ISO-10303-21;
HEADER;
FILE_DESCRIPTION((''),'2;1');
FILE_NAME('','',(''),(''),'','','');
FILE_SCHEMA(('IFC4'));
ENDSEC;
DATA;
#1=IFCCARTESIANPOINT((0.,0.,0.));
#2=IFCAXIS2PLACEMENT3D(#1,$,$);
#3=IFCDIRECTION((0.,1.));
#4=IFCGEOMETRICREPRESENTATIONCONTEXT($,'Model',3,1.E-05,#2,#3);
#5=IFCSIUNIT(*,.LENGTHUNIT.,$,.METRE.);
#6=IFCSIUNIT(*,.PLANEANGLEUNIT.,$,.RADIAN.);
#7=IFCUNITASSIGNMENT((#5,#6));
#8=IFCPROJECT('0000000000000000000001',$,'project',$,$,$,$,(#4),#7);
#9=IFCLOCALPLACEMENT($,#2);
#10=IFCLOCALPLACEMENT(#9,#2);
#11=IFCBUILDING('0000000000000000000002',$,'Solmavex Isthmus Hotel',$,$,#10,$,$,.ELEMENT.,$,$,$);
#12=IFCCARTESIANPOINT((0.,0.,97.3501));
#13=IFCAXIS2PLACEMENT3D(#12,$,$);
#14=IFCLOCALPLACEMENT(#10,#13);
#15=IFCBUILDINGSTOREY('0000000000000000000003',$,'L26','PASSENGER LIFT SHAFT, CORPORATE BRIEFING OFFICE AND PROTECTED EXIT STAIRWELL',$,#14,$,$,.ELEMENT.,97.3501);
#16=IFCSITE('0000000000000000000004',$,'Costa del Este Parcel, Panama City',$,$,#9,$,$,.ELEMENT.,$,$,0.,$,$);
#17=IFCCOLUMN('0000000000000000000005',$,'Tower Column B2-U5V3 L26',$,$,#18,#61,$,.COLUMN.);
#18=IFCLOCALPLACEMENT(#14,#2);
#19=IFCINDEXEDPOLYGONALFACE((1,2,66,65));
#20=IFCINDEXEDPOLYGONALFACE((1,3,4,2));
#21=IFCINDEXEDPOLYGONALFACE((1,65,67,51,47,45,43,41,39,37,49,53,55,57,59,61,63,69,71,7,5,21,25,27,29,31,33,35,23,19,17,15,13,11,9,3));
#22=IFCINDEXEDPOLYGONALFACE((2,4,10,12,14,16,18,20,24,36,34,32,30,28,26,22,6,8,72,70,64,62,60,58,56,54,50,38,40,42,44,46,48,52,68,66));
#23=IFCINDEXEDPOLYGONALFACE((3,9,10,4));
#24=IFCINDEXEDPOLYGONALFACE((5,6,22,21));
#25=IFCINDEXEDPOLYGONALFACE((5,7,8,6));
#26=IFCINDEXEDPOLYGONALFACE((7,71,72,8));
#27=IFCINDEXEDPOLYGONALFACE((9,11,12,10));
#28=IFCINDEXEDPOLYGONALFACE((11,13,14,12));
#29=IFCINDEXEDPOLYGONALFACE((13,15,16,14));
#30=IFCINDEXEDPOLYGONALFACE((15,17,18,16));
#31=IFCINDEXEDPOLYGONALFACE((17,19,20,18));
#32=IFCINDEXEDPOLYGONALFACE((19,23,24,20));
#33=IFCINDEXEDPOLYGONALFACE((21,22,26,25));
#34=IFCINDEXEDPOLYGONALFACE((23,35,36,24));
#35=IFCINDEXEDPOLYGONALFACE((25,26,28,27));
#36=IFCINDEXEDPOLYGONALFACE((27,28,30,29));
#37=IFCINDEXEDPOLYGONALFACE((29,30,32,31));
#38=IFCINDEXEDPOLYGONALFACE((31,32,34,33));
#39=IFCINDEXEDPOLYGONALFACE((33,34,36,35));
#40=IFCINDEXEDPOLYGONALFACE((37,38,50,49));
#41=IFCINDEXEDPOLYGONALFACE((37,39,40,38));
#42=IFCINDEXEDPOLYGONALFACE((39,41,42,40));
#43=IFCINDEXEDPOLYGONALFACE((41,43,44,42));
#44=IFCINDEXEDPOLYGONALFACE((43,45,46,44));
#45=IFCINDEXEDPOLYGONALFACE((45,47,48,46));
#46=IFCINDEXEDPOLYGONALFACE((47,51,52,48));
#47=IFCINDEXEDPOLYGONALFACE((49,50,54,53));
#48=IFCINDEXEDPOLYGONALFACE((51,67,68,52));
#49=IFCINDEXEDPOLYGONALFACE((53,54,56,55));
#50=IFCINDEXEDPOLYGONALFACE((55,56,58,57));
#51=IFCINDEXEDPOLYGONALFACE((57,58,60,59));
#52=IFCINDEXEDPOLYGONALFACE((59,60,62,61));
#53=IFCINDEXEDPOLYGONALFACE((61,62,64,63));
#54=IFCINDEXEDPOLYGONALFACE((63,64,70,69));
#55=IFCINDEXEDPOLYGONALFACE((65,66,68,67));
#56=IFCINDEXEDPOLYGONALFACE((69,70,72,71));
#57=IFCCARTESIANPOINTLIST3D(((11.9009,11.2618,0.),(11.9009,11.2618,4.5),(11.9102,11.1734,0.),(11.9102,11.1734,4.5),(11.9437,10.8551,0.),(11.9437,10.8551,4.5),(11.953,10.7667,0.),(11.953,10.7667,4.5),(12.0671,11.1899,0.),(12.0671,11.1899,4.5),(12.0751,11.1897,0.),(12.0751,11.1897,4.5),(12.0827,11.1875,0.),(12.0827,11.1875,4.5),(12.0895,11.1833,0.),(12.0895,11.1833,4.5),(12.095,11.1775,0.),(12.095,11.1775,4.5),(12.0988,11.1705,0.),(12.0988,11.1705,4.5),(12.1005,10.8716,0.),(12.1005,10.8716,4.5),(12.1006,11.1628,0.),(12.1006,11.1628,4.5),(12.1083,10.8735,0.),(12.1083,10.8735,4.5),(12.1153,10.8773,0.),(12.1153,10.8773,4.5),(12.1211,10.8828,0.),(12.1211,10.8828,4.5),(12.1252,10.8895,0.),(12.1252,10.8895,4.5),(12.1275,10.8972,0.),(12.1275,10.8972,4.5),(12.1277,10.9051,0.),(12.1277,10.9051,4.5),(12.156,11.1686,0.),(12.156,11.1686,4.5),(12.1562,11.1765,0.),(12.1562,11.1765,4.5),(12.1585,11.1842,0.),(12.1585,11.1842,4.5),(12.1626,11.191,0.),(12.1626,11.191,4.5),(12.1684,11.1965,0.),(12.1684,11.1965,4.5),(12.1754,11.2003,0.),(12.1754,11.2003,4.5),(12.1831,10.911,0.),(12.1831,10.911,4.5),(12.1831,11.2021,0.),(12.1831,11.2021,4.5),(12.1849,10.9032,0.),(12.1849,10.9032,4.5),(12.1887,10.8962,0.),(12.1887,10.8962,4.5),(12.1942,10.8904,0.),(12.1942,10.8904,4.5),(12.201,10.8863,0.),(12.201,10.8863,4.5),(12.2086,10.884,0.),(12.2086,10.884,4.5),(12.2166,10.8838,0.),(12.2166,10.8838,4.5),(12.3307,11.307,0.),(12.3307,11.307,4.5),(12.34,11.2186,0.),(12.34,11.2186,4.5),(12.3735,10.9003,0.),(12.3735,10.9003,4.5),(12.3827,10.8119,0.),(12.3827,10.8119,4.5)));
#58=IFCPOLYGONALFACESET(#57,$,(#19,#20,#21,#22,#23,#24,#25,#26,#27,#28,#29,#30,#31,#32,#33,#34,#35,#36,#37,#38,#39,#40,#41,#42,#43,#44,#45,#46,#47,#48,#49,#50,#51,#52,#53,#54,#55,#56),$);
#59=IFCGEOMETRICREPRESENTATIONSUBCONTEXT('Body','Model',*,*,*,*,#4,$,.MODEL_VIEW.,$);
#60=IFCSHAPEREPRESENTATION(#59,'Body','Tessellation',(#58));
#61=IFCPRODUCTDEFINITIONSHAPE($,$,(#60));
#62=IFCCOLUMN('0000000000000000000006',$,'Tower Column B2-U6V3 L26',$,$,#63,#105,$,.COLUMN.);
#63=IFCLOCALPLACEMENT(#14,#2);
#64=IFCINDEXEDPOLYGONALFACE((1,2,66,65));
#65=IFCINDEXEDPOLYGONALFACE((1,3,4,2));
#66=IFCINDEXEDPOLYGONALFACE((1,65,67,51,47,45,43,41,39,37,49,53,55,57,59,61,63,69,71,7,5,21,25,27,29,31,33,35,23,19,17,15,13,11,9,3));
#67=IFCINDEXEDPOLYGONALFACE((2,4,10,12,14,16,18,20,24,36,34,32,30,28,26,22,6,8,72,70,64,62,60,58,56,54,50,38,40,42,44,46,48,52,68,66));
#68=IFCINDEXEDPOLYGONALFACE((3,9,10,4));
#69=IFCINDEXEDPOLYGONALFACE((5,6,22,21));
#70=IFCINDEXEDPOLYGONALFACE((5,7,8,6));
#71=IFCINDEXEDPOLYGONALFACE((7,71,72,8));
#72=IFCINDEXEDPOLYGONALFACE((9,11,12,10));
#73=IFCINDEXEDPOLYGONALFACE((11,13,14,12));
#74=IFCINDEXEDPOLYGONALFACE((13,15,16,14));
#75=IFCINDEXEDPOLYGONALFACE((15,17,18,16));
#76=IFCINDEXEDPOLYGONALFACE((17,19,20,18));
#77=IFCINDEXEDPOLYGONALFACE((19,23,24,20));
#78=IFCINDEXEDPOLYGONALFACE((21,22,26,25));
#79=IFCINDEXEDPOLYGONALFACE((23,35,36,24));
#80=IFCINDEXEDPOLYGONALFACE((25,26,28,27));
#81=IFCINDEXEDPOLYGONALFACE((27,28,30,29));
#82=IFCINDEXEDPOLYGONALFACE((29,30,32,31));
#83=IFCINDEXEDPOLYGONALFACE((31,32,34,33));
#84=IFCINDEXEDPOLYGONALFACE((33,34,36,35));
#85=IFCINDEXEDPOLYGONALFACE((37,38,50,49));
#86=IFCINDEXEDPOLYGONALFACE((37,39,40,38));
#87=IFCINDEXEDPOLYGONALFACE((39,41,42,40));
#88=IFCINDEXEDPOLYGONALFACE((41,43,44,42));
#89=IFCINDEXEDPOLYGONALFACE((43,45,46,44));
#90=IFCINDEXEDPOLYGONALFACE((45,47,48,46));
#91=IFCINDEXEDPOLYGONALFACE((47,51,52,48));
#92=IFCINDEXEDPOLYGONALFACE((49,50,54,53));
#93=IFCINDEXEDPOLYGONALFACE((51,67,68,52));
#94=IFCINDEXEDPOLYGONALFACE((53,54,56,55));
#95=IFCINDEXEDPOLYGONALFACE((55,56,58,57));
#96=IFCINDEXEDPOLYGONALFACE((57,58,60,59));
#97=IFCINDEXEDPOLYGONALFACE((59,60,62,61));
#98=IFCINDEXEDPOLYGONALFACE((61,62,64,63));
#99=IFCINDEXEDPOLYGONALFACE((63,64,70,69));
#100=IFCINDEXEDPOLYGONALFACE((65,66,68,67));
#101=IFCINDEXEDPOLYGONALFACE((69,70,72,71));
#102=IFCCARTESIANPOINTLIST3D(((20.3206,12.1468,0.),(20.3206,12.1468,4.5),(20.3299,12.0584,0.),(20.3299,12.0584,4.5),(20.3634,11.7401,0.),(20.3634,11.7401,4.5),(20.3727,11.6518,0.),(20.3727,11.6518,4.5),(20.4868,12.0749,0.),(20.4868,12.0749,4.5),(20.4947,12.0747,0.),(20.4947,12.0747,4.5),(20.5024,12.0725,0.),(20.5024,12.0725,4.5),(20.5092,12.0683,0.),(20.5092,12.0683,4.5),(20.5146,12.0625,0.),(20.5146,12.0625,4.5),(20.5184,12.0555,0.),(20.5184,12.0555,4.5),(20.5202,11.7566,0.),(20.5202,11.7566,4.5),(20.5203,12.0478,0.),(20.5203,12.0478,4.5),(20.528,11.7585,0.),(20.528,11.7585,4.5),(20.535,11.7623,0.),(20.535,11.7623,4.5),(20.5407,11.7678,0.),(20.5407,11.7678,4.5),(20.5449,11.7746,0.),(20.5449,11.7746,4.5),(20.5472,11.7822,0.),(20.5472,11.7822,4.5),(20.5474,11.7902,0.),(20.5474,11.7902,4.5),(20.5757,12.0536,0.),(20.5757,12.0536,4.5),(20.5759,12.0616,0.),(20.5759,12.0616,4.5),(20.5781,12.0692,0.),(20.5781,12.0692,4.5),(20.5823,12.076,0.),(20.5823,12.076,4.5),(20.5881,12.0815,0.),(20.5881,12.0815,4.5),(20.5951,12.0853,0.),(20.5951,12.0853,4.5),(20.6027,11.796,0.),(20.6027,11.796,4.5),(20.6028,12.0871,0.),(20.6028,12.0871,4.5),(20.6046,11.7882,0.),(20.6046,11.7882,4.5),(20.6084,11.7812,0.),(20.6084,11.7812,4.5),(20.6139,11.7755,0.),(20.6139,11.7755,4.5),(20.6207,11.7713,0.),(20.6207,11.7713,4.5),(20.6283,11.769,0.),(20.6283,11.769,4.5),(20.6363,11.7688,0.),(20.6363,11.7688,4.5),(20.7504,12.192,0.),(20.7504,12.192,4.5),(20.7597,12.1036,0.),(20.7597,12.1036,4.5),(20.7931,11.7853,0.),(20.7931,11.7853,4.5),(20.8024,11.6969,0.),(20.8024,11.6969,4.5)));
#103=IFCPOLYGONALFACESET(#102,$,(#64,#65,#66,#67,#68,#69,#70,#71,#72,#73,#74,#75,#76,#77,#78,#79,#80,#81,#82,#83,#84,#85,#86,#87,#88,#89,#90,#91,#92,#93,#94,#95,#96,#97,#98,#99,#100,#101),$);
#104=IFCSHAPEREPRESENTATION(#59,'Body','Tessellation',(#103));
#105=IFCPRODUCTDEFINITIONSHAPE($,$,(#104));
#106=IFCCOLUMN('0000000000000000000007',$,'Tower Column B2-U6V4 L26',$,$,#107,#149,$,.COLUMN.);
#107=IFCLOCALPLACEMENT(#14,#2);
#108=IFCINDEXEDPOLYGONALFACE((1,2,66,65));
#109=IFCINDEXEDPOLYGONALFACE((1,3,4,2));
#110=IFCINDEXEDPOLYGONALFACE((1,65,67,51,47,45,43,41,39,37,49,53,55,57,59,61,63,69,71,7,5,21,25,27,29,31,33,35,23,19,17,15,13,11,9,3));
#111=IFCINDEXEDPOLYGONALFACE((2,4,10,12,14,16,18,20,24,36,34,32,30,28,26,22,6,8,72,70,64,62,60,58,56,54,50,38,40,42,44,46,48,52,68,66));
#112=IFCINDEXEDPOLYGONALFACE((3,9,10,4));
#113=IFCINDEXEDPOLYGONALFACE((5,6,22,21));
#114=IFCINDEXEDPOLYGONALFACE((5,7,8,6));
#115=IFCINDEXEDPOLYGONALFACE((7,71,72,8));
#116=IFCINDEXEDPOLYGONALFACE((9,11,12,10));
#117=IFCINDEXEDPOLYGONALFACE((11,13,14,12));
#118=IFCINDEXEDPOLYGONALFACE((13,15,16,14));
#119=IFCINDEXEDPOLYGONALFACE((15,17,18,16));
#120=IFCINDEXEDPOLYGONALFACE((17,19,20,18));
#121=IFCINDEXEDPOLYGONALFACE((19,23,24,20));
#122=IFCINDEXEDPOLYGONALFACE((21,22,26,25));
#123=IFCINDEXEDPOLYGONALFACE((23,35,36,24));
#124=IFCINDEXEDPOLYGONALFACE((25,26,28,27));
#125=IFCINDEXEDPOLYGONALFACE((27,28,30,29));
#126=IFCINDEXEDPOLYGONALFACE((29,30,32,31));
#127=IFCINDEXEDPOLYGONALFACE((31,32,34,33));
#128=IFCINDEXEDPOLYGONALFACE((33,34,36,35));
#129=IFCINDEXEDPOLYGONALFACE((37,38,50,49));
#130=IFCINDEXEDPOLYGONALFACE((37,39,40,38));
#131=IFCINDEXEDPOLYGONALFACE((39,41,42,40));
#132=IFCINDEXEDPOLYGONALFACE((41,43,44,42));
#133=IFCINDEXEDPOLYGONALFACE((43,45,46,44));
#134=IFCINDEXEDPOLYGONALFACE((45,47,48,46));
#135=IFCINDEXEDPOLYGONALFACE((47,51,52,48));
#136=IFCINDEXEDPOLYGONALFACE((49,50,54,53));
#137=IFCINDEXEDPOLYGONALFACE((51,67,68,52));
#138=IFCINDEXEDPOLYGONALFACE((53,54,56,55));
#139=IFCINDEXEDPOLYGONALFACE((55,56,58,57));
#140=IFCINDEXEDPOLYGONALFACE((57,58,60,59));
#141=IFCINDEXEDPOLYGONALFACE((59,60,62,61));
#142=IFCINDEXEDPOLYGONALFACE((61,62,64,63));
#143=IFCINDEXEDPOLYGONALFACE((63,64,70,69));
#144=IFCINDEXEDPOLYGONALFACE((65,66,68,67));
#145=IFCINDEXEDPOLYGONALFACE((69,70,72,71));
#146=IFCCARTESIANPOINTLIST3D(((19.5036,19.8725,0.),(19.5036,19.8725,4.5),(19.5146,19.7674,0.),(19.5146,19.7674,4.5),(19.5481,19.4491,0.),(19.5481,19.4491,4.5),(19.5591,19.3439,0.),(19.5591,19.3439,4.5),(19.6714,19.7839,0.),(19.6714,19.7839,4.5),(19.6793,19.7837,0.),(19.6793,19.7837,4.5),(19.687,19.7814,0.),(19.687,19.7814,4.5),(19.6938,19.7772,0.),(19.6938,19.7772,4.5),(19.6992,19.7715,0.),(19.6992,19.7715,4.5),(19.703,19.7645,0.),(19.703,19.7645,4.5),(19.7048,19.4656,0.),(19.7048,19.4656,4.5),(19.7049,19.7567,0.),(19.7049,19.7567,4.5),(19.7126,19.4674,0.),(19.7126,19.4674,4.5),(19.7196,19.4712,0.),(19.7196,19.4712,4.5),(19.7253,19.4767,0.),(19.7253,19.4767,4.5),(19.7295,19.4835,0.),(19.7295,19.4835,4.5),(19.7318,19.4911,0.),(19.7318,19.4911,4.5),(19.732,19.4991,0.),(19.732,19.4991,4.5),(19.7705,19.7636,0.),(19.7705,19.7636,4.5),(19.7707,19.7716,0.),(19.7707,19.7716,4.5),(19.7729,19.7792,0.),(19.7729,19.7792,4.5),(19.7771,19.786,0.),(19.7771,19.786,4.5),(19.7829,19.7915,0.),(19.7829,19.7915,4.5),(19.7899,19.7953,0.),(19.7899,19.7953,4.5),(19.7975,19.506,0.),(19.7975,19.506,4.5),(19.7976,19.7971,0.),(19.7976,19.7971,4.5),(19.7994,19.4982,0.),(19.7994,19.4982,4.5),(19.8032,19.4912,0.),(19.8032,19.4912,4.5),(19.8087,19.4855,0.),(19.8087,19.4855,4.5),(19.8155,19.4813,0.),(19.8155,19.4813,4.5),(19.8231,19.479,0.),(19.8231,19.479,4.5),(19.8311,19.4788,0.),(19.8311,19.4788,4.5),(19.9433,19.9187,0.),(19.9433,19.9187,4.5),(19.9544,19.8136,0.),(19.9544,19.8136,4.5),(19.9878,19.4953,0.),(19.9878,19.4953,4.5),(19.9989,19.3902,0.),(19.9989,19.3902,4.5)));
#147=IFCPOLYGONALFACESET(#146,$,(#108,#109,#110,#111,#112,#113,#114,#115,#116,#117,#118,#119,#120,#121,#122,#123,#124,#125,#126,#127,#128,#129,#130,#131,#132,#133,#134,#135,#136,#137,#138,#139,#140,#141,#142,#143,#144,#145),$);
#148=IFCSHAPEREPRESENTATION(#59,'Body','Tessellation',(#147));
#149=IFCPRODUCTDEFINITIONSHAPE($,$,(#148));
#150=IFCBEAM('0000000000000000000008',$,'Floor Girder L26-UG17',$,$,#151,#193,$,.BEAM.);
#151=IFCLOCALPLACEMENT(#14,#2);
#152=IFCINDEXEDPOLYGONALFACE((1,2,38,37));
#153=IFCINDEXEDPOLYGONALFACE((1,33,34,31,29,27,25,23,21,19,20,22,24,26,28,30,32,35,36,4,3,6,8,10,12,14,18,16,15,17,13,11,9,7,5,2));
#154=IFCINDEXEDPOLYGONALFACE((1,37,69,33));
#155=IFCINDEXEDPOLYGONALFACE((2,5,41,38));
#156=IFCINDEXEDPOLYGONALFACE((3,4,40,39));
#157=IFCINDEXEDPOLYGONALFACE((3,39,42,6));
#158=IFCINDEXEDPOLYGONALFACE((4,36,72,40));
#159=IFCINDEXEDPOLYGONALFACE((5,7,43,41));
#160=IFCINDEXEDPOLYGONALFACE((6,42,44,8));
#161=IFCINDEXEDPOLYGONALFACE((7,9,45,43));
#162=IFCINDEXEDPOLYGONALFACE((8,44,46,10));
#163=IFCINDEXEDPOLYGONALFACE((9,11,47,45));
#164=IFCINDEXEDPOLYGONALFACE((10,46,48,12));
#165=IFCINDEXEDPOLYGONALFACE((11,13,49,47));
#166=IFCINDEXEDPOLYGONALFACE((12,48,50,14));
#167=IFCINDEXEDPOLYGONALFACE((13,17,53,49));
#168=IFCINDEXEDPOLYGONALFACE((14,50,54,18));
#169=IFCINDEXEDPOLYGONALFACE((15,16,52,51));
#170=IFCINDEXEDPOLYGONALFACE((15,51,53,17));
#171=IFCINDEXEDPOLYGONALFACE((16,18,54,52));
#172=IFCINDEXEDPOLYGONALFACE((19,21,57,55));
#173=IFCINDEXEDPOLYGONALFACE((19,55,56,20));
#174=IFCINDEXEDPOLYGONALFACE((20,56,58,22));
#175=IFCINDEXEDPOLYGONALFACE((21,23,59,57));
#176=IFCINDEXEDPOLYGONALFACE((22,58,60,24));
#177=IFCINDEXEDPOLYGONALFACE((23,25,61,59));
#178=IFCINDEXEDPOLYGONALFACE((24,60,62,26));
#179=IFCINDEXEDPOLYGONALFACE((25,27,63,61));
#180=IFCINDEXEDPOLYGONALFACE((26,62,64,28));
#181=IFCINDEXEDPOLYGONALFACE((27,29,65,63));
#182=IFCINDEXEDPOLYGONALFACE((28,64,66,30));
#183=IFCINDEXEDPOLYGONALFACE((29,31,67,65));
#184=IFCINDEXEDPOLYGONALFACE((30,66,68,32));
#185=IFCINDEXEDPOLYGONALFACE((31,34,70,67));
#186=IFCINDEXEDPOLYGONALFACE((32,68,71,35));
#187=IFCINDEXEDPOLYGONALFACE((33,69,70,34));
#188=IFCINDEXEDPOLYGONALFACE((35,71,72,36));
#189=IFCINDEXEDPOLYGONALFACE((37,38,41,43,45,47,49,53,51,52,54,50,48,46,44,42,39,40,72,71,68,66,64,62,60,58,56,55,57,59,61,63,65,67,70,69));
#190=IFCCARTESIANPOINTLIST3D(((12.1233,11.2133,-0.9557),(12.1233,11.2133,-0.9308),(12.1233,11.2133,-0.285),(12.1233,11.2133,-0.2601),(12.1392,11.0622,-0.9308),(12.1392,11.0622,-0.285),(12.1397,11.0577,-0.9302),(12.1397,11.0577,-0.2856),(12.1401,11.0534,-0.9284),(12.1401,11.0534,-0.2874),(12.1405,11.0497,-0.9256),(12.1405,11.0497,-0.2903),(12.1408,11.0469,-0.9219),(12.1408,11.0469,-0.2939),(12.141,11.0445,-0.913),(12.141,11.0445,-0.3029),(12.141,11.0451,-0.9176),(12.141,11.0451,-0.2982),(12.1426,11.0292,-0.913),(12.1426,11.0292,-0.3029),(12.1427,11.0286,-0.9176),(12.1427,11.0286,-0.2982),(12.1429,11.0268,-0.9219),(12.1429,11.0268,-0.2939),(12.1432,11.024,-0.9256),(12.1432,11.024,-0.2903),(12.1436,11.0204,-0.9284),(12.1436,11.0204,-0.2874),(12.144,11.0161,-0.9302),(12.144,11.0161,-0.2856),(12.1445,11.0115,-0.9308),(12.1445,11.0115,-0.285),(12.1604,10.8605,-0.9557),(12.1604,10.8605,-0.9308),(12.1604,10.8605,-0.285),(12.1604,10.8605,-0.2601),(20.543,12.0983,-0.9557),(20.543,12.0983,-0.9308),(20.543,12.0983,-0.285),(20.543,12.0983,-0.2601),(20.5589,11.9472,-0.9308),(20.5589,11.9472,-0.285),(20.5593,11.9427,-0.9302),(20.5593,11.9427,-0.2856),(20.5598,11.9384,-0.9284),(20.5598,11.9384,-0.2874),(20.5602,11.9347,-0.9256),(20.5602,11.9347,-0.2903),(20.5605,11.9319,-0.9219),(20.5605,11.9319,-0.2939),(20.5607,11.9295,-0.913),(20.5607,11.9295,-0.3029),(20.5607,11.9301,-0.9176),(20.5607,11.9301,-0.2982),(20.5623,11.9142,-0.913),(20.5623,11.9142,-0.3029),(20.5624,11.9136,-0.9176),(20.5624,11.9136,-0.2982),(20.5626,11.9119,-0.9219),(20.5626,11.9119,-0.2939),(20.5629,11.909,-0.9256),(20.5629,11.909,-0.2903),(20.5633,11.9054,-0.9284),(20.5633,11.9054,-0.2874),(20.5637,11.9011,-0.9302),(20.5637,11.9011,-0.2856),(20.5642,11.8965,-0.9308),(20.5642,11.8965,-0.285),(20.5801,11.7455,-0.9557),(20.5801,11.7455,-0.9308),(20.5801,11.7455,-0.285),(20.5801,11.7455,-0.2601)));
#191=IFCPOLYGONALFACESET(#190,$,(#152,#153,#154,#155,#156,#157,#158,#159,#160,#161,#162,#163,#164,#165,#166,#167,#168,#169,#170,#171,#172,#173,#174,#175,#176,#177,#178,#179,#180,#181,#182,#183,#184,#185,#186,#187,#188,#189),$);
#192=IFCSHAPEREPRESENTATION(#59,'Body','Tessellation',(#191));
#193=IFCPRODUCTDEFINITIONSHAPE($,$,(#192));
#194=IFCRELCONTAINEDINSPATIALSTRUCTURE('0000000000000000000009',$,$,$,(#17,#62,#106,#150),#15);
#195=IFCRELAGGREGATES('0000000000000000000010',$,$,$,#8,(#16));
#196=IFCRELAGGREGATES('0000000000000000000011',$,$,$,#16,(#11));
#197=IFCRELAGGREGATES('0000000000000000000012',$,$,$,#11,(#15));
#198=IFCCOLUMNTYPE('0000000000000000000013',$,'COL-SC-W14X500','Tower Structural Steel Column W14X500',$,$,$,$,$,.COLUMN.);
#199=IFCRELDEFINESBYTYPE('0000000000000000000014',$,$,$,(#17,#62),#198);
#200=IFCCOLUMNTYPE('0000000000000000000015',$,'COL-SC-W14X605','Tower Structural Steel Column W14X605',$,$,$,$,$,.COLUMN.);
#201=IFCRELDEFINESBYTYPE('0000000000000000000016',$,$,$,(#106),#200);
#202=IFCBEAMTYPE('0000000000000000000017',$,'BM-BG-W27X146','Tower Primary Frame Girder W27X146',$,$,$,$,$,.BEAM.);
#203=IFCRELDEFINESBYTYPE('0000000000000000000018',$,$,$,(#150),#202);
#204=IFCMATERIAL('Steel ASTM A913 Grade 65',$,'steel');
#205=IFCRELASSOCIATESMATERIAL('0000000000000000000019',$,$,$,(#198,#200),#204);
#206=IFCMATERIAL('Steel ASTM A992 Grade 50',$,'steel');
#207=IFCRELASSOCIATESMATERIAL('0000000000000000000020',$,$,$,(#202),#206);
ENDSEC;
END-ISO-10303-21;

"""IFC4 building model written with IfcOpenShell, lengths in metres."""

from ifc_helpers import new_model, si_unit, direction, frame, origin, origin_2d, place, context, subcontext, project, spatial, i_section, extrude, material, material_profile, profile_set, type_object, element, save


model = new_model("IFC4")

# Units and contexts
model_context = context("Model", 3, precision=1e-05, world=origin(), true_north=direction((0.0, 1.0)))
body_context = subcontext(model_context, "Body", "Model", "MODEL_VIEW")
ifc_project = project(units=[si_unit("LENGTHUNIT", "METRE"), si_unit("PLANEANGLEUNIT", "RADIAN")], contexts=[model_context])

# Site, building, storey
site_placement = place(None, origin())
site = spatial("IfcSite", under=ifc_project, at=site_placement, Name="Costa del Este Parcel, Panama City", CompositionType="ELEMENT", RefElevation=0.0)
building_placement = place(site_placement, origin())
building = spatial("IfcBuilding", under=site, at=building_placement, Name="Solmavex Isthmus Hotel", CompositionType="ELEMENT")
storey_placement = place(building_placement, frame((0.0, 0.0, 97.3501)))
storey = spatial("IfcBuildingStorey", under=building, at=storey_placement, Name="L26", Description="PASSENGER LIFT SHAFT, CORPORATE BRIEFING OFFICE AND PROTECTED EXIT STAIRWELL", CompositionType="ELEMENT", Elevation=97.3501)

# Columns
ifc_material_1 = material(Name="Steel ASTM A913 Grade 65", Category="steel")
ifc_material_profile_1 = material_profile(ifc_material_1, i_section(OverallWidth=0.4321, OverallDepth=0.4978, WebThickness=0.0557, FlangeThickness=0.0889, FilletRadius=0.0305, at=origin_2d()), Name="W14X500")
ifc_profile_set_1 = profile_set([ifc_material_profile_1], Name="Steel ASTM A913 Grade 65")
column_type_1 = type_object("IfcColumnType", Name="COL-SC-W14X500", Description="Tower Structural Steel Column W14X500", PredefinedType="COLUMN", material=ifc_profile_set_1)
for number, where, z_axis, x_axis, name in (
    (1, (12.1418, 11.0369, 0.0), (0.0, 0.0, 1.0), (0.994522, 0.104528, 0.0), "Tower Column B2-U5V3 L26"),
    (2, (20.5615, 11.9219, 0.0), (0.0, 0.0, 1.0), (0.994522, 0.104528, 0.0), "Tower Column B2-U6V3 L26"),
):
    element("IfcColumn", number, at=place(storey_placement, frame(where, z_axis=z_axis, x_axis=x_axis)), inside=storey, type_object=column_type_1, Name=name, PredefinedType="COLUMN", context=body_context, shape_type="SweptSolid", body=[
        extrude(i_section(OverallWidth=0.4321, OverallDepth=0.4978, WebThickness=0.0557, FlangeThickness=0.0889, FilletRadius=0.0305, at=origin_2d()), origin(), (0.0, 0.0, 1.0), 4.5),
    ])
ifc_material_profile_2 = material_profile(ifc_material_1, i_section(OverallWidth=0.4421, OverallDepth=0.5315, WebThickness=0.0659, FlangeThickness=0.1057, FilletRadius=0.0305, at=origin_2d()), Name="W14X605")
ifc_profile_set_2 = profile_set([ifc_material_profile_2], Name="Steel ASTM A913 Grade 65")
column_type_2 = type_object("IfcColumnType", Name="COL-SC-W14X605", Description="Tower Structural Steel Column W14X605", PredefinedType="COLUMN", material=ifc_profile_set_2)
column_placement = place(storey_placement, frame((19.7512, 19.6313, 0.0), z_axis=(0.0, 0.0, 1.0), x_axis=(0.994522, 0.104528, 0.0)))
element("IfcColumn", 3, at=column_placement, inside=storey, type_object=column_type_2, Name="Tower Column B2-U6V4 L26", PredefinedType="COLUMN", context=body_context, shape_type="SweptSolid", body=[
    extrude(i_section(OverallWidth=0.4421, OverallDepth=0.5315, WebThickness=0.0659, FlangeThickness=0.1057, FilletRadius=0.0305, at=origin_2d()), origin(), (0.0, 0.0, 1.0), 4.5),
])

# Beam
ifc_material_2 = material(Name="Steel ASTM A992 Grade 50", Category="steel")
ifc_material_profile_3 = material_profile(ifc_material_2, i_section(OverallWidth=0.3547, OverallDepth=0.6956, WebThickness=0.0154, FlangeThickness=0.0249, FilletRadius=0.0178, at=origin_2d()), Name="W27X146")
ifc_profile_set_3 = profile_set([ifc_material_profile_3], Name="Steel ASTM A992 Grade 50")
beam_type_1 = type_object("IfcBeamType", Name="BM-BG-W27X146", Description="Tower Primary Frame Girder W27X146", PredefinedType="BEAM", material=ifc_profile_set_3)
beam_1_placement = place(storey_placement, frame((12.1418, 11.0369, -0.6079), z_axis=(0.994521, 0.104536, 0.0), x_axis=(-0.104536, 0.994521, 0.0)))
element("IfcBeam", 4, at=beam_1_placement, inside=storey, type_object=beam_type_1, Name="Floor Girder L26-UG17", PredefinedType="BEAM", context=body_context, shape_type="SweptSolid", body=[
    extrude(i_section(OverallWidth=0.3547, OverallDepth=0.6956, WebThickness=0.0154, FlangeThickness=0.0249, FilletRadius=0.0178, at=origin_2d()), origin(), (0.0, 0.0, 1.0), 8.4661),
])

save(model, "model.ifc")
